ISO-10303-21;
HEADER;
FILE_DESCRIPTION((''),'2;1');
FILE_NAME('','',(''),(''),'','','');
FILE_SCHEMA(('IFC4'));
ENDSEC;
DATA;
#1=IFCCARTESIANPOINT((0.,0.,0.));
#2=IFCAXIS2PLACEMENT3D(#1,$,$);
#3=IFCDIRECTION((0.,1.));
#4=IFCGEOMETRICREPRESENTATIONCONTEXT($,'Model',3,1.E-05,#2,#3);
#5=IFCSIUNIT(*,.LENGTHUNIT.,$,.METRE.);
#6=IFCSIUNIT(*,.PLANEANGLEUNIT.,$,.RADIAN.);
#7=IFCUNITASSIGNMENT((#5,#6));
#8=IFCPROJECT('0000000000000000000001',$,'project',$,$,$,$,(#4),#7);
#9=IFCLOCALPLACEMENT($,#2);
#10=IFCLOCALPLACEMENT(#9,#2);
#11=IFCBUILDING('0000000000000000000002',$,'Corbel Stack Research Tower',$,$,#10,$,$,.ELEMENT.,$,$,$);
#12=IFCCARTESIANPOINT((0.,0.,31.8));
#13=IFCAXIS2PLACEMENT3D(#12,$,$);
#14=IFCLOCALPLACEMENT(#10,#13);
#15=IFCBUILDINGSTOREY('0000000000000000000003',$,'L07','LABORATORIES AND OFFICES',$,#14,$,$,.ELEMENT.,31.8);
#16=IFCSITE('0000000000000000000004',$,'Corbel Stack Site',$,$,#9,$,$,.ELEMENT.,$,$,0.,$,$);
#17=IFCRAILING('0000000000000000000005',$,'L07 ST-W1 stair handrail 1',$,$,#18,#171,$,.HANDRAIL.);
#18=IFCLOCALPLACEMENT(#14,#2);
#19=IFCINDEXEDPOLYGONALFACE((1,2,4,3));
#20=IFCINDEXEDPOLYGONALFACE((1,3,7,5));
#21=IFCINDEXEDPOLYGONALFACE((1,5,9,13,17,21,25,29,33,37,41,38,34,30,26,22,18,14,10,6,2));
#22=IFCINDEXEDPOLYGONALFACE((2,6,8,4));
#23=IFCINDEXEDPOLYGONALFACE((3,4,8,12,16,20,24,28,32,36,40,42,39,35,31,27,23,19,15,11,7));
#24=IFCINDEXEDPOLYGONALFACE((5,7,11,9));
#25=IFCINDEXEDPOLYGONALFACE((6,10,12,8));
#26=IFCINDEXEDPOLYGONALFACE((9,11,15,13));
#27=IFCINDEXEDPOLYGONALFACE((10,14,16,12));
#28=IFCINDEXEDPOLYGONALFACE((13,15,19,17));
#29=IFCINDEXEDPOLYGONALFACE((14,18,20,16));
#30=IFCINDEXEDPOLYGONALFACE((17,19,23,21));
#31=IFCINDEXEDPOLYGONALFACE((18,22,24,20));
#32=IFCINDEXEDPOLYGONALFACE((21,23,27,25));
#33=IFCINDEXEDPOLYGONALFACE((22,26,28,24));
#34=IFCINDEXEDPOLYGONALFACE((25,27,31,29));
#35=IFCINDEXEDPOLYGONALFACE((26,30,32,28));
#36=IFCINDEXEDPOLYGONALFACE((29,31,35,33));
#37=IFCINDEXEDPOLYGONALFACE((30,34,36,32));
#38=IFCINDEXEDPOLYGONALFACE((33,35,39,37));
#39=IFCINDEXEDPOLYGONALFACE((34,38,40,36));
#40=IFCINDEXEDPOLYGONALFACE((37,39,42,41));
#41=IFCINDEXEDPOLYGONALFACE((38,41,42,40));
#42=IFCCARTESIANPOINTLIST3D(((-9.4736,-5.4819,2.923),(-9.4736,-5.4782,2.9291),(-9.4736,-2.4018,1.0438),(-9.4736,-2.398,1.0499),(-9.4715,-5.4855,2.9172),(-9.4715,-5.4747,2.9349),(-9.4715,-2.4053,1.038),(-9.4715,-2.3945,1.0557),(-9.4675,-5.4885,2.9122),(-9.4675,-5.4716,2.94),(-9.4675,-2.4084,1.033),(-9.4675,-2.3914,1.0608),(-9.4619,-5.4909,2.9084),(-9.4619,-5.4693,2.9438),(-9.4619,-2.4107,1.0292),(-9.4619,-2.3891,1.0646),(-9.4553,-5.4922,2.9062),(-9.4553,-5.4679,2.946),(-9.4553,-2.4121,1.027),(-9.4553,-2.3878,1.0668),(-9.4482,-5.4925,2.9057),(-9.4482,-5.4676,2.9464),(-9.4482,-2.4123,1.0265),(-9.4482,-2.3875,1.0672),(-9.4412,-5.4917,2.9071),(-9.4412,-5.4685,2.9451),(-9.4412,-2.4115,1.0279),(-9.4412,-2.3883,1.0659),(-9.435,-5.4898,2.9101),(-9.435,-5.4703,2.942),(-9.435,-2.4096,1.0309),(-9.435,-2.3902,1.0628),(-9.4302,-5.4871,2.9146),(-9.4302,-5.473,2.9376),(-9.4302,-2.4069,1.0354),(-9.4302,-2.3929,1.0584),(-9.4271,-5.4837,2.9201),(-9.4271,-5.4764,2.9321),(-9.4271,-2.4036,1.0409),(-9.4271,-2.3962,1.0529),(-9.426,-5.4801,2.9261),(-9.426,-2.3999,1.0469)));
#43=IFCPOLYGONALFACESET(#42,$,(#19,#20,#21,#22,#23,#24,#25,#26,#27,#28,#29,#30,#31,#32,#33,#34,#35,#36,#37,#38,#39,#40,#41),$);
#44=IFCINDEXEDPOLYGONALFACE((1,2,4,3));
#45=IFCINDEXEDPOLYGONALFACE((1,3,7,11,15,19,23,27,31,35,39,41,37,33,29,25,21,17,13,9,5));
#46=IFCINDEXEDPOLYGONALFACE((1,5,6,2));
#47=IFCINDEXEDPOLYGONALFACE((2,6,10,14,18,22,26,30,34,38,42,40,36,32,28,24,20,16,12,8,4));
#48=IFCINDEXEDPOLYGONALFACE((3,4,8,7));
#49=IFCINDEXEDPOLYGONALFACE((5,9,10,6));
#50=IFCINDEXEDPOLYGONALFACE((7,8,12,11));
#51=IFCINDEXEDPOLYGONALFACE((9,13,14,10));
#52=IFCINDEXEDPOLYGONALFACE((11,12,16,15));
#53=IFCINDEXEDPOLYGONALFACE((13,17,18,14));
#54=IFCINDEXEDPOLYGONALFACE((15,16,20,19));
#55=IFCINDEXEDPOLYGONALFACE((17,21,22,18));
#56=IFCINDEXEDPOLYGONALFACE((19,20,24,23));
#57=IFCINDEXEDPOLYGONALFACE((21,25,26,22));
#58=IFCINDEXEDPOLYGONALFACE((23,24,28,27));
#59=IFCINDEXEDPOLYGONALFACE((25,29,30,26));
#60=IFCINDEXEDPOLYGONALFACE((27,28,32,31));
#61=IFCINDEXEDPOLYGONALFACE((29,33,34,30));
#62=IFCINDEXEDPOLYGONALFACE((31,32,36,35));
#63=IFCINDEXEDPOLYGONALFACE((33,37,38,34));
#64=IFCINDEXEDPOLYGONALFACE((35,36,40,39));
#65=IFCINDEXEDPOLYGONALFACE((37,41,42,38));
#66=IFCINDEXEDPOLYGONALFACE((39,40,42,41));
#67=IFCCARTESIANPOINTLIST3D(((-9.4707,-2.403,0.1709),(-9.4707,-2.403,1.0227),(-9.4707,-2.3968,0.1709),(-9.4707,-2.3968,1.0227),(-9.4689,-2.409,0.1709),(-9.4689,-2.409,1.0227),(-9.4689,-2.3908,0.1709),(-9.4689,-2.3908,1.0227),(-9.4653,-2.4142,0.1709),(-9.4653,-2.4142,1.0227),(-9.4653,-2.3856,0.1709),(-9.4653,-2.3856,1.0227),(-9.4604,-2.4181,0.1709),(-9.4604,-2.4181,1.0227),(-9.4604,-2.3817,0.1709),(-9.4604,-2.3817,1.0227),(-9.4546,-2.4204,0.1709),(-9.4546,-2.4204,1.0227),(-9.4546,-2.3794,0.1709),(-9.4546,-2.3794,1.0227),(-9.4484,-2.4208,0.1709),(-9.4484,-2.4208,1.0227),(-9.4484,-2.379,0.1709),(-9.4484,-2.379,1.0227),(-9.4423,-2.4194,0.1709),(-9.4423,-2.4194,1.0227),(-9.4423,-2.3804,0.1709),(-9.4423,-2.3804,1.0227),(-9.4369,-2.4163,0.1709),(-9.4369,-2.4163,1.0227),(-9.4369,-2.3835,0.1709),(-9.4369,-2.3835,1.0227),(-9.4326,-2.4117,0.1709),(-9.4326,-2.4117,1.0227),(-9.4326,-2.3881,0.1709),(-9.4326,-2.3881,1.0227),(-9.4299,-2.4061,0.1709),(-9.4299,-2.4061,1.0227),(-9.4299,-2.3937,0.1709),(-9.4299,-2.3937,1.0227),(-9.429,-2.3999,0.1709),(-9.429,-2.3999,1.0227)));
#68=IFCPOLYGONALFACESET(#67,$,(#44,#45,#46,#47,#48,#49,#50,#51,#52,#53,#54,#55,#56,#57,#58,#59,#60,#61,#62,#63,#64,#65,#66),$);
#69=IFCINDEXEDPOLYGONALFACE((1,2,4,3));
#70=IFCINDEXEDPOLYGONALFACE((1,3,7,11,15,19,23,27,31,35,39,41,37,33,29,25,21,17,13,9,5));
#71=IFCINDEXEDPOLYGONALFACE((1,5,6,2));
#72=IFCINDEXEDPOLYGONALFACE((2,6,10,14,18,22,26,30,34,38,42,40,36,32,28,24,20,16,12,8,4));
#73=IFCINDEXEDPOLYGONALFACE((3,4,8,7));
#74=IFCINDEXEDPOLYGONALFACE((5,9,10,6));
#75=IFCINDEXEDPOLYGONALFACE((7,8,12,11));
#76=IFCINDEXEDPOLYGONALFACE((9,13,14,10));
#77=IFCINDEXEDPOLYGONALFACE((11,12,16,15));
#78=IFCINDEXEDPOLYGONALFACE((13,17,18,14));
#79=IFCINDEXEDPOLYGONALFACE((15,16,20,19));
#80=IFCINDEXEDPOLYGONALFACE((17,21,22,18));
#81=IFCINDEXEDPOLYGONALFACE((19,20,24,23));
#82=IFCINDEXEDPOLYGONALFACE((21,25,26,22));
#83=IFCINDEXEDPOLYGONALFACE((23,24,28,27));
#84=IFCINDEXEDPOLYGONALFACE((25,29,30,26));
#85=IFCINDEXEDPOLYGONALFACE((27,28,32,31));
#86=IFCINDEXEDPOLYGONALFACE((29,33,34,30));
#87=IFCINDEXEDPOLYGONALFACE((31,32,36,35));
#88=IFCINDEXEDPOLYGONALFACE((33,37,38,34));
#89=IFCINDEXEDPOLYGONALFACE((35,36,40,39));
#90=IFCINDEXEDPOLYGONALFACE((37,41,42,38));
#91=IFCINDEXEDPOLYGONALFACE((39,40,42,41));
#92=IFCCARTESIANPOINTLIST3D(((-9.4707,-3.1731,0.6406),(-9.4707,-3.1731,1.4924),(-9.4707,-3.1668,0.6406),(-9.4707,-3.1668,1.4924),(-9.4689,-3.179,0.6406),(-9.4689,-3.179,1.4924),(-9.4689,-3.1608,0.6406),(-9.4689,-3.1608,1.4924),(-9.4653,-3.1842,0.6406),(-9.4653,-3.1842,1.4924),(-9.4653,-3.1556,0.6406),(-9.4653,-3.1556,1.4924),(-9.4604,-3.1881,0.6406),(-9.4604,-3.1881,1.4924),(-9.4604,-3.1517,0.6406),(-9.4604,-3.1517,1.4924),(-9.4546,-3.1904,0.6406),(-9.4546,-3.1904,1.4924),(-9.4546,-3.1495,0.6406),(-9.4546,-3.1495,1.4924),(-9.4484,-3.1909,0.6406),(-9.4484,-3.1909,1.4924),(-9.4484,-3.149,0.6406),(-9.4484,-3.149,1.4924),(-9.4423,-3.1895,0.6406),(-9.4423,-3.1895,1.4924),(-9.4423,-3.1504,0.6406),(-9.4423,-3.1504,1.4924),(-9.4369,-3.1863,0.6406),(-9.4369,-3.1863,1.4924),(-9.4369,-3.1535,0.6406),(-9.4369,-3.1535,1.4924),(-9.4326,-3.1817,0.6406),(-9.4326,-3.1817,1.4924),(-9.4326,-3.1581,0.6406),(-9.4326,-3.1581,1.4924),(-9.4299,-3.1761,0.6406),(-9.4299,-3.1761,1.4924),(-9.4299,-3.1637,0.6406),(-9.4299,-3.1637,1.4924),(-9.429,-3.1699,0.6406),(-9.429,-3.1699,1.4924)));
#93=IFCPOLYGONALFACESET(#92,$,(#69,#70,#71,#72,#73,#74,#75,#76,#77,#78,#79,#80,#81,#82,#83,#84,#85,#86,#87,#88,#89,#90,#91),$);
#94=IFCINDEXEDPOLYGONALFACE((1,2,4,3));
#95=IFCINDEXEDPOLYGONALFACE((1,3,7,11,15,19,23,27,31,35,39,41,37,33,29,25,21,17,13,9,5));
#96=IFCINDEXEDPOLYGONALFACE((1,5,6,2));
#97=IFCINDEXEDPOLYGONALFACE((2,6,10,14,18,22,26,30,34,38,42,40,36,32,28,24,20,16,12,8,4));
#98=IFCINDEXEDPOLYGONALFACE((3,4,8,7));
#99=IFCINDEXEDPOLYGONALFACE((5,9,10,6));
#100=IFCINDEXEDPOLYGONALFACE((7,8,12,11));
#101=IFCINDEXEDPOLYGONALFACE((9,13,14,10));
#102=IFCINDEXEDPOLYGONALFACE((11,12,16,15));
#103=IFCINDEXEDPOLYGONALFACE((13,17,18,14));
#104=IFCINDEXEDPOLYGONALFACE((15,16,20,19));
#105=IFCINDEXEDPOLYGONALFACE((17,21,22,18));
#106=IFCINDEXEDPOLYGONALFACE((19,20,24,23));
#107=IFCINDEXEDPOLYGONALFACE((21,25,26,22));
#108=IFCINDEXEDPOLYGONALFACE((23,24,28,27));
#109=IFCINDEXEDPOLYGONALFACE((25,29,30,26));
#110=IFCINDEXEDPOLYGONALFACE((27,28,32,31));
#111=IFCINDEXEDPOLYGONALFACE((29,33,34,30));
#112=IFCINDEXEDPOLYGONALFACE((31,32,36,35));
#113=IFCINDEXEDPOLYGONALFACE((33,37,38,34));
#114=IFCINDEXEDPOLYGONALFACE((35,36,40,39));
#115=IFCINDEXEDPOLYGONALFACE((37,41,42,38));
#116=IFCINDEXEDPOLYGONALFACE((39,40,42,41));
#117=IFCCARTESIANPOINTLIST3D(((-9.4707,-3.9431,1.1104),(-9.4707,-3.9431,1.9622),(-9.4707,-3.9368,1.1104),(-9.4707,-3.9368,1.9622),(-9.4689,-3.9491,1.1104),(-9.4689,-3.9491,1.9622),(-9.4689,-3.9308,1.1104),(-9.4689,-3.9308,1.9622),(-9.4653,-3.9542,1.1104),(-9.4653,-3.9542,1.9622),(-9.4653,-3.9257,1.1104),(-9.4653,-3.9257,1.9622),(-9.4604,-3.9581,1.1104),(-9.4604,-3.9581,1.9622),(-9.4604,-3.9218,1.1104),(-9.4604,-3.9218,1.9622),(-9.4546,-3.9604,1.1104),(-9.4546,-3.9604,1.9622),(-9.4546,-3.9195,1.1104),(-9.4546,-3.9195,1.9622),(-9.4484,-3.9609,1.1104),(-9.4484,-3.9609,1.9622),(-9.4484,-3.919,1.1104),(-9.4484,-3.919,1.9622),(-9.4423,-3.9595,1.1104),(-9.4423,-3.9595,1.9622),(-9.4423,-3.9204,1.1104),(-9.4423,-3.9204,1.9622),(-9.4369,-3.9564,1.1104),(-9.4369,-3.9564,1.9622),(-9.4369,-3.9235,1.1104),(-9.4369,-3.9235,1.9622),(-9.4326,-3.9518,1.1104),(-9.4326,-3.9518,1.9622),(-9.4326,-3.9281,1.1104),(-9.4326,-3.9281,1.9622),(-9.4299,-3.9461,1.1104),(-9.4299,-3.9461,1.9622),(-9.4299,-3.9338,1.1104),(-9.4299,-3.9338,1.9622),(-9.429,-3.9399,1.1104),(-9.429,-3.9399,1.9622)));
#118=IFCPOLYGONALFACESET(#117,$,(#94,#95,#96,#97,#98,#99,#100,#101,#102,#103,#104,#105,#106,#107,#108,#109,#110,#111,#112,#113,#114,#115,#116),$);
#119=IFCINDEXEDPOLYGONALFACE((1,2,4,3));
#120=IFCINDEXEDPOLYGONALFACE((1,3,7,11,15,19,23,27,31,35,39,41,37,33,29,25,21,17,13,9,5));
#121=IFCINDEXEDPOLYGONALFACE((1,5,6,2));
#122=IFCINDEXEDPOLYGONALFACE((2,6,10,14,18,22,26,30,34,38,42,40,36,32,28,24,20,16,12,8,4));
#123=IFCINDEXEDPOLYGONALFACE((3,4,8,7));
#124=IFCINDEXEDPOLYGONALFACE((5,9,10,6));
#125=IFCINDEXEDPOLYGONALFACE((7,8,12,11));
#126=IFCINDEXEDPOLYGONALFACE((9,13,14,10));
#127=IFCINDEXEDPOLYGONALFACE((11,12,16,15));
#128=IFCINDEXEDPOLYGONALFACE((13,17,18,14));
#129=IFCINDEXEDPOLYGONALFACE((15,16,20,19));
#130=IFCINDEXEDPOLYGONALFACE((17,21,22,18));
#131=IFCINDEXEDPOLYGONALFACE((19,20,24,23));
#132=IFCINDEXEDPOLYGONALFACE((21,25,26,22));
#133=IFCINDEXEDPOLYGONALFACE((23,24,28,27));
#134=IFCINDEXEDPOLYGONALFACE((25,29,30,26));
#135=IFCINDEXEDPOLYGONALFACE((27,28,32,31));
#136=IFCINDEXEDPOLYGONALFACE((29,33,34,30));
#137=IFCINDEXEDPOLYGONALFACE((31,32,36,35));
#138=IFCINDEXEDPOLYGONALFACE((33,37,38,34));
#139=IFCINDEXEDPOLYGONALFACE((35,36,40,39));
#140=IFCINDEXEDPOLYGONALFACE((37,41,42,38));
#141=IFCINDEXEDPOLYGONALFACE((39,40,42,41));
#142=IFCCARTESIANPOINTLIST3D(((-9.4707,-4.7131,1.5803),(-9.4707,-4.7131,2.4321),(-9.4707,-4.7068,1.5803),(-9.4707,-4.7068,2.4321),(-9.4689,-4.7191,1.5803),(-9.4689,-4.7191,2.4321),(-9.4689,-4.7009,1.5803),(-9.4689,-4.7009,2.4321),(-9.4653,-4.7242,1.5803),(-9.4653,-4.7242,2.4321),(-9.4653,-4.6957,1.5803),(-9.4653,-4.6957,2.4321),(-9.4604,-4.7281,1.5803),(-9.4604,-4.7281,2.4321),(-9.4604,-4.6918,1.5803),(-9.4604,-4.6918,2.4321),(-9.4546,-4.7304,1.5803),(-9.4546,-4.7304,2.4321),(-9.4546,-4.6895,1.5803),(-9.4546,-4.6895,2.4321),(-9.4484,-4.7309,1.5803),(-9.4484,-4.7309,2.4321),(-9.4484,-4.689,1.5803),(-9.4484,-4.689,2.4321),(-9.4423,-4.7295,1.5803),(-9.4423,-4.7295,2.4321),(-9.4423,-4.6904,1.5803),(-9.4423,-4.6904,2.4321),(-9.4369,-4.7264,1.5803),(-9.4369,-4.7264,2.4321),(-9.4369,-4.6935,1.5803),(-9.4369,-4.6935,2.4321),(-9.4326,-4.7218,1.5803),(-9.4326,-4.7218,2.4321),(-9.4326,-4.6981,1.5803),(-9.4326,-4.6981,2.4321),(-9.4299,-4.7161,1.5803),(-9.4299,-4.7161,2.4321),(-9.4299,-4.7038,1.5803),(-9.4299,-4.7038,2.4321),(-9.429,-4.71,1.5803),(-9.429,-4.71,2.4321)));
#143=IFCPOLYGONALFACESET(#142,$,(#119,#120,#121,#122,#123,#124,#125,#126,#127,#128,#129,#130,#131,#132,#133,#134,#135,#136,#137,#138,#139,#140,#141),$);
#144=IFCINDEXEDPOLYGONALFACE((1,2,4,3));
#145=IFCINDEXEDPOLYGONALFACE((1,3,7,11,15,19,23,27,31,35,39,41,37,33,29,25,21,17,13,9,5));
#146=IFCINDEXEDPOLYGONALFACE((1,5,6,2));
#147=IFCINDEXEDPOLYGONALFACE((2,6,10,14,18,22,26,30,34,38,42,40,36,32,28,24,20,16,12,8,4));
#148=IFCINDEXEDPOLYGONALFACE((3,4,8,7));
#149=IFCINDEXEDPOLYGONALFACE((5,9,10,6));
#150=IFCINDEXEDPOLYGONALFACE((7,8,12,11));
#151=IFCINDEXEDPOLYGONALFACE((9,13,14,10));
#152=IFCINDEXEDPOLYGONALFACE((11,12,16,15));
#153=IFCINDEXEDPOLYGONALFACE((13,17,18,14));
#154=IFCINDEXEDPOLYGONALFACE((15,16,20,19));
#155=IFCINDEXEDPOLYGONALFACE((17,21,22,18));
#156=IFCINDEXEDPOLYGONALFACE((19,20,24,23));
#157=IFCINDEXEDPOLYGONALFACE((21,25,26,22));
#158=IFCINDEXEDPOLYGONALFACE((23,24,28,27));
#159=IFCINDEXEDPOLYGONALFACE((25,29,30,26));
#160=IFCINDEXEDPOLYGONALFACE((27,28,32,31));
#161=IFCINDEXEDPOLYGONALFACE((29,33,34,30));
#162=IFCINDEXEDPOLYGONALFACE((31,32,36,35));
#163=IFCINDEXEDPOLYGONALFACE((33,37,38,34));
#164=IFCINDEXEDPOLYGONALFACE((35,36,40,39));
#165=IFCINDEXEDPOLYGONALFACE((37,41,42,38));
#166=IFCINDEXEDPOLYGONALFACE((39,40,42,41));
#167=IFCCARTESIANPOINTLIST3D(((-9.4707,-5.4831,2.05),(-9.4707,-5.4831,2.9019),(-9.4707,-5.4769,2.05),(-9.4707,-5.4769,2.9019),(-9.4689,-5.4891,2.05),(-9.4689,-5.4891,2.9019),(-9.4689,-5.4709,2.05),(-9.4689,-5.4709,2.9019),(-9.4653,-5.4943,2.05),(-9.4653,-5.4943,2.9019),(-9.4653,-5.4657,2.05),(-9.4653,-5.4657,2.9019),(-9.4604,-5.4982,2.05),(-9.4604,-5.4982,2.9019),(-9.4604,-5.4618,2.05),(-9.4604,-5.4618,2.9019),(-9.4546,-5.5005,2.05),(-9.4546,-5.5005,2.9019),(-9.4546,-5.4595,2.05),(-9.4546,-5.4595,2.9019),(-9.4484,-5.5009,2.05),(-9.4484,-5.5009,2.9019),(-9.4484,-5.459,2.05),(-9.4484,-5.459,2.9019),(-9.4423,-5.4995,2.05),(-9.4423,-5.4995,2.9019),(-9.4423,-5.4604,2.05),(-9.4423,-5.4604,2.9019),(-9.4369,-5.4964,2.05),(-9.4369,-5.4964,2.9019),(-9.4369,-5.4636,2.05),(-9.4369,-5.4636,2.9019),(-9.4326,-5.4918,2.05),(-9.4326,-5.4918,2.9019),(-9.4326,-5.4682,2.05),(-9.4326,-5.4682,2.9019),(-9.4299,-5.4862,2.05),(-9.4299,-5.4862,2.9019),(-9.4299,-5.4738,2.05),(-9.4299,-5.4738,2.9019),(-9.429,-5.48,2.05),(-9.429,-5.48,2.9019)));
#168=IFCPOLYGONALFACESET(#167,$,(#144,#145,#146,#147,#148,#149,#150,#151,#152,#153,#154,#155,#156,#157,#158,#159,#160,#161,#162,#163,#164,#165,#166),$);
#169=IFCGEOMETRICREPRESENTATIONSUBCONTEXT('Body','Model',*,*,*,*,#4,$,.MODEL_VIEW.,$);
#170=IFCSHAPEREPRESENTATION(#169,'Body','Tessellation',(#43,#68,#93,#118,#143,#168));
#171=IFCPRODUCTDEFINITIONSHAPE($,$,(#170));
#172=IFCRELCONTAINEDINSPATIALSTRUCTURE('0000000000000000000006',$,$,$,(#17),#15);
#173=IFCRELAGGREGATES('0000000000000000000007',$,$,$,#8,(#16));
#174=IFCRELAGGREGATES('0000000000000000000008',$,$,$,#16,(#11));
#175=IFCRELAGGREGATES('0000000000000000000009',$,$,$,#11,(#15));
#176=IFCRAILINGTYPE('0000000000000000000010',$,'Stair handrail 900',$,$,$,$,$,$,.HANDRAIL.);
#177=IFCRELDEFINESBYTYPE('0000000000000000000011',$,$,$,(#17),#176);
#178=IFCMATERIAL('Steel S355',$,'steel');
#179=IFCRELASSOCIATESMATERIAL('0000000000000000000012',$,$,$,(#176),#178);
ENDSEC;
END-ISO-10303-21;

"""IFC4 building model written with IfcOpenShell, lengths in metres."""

from ifc_helpers import new_model, si_unit, direction, frame, origin, origin_2d, place, context, subcontext, project, spatial, circle, extrude, material, type_object, element, save


model = new_model("IFC4")

# Units and contexts
model_context = context("Model", 3, precision=1e-05, world=origin(), true_north=direction((0.0, 1.0)))
body_context = subcontext(model_context, "Body", "Model", "MODEL_VIEW")
ifc_project = project(units=[si_unit("LENGTHUNIT", "METRE"), si_unit("PLANEANGLEUNIT", "RADIAN")], contexts=[model_context])

# Site, building, storey
site_placement = place(None, origin())
site = spatial("IfcSite", under=ifc_project, at=site_placement, Name="Corbel Stack Site", CompositionType="ELEMENT", RefElevation=0.0)
building_placement = place(site_placement, origin())
building = spatial("IfcBuilding", under=site, at=building_placement, Name="Corbel Stack Research Tower", CompositionType="ELEMENT")
storey_placement = place(building_placement, frame((0.0, 0.0, 31.8)))
storey = spatial("IfcBuildingStorey", under=building, at=storey_placement, Name="L07", Description="LABORATORIES AND OFFICES", CompositionType="ELEMENT", Elevation=31.8)

# Railing
ifc_material_1 = material(Name="Steel S355", Category="steel")
railing_type_1 = type_object("IfcRailingType", Name="Stair handrail 900", PredefinedType="HANDRAIL", material=ifc_material_1)
railing_1_placement = place(storey_placement, frame((-9.45, -2.3999, 0.1709)))
element("IfcRailing", 1, at=railing_1_placement, inside=storey, type_object=railing_type_1, Name="L07 ST-W1 stair handrail 1", PredefinedType="HANDRAIL", context=body_context, shape_type="SweptSolid", body=[
    extrude(circle(Radius=0.0239, at=origin_2d()), frame((0.0, 0.0, 0.876), z_axis=(0.0, -0.853666, 0.52082), x_axis=(1.0, 0.0, 0.0)), (0.0, 0.0, 1.0), 3.6082),
    extrude(circle(Radius=0.021, at=origin_2d()), origin(), (0.0, 0.0, 1.0), 0.8518),
    extrude(circle(Radius=0.021, at=origin_2d()), frame((0.0, -0.77, 0.4697)), (0.0, 0.0, 1.0), 0.8518),
    extrude(circle(Radius=0.021, at=origin_2d()), frame((0.0, -1.54, 0.9395)), (0.0, 0.0, 1.0), 0.8518),
    extrude(circle(Radius=0.021, at=origin_2d()), frame((0.0, -2.3101, 1.4094)), (0.0, 0.0, 1.0), 0.8518),
    extrude(circle(Radius=0.021, at=origin_2d()), frame((0.0, -3.0801, 1.8792)), (0.0, 0.0, 1.0), 0.8518),
])

save(model, "model.ifc")
